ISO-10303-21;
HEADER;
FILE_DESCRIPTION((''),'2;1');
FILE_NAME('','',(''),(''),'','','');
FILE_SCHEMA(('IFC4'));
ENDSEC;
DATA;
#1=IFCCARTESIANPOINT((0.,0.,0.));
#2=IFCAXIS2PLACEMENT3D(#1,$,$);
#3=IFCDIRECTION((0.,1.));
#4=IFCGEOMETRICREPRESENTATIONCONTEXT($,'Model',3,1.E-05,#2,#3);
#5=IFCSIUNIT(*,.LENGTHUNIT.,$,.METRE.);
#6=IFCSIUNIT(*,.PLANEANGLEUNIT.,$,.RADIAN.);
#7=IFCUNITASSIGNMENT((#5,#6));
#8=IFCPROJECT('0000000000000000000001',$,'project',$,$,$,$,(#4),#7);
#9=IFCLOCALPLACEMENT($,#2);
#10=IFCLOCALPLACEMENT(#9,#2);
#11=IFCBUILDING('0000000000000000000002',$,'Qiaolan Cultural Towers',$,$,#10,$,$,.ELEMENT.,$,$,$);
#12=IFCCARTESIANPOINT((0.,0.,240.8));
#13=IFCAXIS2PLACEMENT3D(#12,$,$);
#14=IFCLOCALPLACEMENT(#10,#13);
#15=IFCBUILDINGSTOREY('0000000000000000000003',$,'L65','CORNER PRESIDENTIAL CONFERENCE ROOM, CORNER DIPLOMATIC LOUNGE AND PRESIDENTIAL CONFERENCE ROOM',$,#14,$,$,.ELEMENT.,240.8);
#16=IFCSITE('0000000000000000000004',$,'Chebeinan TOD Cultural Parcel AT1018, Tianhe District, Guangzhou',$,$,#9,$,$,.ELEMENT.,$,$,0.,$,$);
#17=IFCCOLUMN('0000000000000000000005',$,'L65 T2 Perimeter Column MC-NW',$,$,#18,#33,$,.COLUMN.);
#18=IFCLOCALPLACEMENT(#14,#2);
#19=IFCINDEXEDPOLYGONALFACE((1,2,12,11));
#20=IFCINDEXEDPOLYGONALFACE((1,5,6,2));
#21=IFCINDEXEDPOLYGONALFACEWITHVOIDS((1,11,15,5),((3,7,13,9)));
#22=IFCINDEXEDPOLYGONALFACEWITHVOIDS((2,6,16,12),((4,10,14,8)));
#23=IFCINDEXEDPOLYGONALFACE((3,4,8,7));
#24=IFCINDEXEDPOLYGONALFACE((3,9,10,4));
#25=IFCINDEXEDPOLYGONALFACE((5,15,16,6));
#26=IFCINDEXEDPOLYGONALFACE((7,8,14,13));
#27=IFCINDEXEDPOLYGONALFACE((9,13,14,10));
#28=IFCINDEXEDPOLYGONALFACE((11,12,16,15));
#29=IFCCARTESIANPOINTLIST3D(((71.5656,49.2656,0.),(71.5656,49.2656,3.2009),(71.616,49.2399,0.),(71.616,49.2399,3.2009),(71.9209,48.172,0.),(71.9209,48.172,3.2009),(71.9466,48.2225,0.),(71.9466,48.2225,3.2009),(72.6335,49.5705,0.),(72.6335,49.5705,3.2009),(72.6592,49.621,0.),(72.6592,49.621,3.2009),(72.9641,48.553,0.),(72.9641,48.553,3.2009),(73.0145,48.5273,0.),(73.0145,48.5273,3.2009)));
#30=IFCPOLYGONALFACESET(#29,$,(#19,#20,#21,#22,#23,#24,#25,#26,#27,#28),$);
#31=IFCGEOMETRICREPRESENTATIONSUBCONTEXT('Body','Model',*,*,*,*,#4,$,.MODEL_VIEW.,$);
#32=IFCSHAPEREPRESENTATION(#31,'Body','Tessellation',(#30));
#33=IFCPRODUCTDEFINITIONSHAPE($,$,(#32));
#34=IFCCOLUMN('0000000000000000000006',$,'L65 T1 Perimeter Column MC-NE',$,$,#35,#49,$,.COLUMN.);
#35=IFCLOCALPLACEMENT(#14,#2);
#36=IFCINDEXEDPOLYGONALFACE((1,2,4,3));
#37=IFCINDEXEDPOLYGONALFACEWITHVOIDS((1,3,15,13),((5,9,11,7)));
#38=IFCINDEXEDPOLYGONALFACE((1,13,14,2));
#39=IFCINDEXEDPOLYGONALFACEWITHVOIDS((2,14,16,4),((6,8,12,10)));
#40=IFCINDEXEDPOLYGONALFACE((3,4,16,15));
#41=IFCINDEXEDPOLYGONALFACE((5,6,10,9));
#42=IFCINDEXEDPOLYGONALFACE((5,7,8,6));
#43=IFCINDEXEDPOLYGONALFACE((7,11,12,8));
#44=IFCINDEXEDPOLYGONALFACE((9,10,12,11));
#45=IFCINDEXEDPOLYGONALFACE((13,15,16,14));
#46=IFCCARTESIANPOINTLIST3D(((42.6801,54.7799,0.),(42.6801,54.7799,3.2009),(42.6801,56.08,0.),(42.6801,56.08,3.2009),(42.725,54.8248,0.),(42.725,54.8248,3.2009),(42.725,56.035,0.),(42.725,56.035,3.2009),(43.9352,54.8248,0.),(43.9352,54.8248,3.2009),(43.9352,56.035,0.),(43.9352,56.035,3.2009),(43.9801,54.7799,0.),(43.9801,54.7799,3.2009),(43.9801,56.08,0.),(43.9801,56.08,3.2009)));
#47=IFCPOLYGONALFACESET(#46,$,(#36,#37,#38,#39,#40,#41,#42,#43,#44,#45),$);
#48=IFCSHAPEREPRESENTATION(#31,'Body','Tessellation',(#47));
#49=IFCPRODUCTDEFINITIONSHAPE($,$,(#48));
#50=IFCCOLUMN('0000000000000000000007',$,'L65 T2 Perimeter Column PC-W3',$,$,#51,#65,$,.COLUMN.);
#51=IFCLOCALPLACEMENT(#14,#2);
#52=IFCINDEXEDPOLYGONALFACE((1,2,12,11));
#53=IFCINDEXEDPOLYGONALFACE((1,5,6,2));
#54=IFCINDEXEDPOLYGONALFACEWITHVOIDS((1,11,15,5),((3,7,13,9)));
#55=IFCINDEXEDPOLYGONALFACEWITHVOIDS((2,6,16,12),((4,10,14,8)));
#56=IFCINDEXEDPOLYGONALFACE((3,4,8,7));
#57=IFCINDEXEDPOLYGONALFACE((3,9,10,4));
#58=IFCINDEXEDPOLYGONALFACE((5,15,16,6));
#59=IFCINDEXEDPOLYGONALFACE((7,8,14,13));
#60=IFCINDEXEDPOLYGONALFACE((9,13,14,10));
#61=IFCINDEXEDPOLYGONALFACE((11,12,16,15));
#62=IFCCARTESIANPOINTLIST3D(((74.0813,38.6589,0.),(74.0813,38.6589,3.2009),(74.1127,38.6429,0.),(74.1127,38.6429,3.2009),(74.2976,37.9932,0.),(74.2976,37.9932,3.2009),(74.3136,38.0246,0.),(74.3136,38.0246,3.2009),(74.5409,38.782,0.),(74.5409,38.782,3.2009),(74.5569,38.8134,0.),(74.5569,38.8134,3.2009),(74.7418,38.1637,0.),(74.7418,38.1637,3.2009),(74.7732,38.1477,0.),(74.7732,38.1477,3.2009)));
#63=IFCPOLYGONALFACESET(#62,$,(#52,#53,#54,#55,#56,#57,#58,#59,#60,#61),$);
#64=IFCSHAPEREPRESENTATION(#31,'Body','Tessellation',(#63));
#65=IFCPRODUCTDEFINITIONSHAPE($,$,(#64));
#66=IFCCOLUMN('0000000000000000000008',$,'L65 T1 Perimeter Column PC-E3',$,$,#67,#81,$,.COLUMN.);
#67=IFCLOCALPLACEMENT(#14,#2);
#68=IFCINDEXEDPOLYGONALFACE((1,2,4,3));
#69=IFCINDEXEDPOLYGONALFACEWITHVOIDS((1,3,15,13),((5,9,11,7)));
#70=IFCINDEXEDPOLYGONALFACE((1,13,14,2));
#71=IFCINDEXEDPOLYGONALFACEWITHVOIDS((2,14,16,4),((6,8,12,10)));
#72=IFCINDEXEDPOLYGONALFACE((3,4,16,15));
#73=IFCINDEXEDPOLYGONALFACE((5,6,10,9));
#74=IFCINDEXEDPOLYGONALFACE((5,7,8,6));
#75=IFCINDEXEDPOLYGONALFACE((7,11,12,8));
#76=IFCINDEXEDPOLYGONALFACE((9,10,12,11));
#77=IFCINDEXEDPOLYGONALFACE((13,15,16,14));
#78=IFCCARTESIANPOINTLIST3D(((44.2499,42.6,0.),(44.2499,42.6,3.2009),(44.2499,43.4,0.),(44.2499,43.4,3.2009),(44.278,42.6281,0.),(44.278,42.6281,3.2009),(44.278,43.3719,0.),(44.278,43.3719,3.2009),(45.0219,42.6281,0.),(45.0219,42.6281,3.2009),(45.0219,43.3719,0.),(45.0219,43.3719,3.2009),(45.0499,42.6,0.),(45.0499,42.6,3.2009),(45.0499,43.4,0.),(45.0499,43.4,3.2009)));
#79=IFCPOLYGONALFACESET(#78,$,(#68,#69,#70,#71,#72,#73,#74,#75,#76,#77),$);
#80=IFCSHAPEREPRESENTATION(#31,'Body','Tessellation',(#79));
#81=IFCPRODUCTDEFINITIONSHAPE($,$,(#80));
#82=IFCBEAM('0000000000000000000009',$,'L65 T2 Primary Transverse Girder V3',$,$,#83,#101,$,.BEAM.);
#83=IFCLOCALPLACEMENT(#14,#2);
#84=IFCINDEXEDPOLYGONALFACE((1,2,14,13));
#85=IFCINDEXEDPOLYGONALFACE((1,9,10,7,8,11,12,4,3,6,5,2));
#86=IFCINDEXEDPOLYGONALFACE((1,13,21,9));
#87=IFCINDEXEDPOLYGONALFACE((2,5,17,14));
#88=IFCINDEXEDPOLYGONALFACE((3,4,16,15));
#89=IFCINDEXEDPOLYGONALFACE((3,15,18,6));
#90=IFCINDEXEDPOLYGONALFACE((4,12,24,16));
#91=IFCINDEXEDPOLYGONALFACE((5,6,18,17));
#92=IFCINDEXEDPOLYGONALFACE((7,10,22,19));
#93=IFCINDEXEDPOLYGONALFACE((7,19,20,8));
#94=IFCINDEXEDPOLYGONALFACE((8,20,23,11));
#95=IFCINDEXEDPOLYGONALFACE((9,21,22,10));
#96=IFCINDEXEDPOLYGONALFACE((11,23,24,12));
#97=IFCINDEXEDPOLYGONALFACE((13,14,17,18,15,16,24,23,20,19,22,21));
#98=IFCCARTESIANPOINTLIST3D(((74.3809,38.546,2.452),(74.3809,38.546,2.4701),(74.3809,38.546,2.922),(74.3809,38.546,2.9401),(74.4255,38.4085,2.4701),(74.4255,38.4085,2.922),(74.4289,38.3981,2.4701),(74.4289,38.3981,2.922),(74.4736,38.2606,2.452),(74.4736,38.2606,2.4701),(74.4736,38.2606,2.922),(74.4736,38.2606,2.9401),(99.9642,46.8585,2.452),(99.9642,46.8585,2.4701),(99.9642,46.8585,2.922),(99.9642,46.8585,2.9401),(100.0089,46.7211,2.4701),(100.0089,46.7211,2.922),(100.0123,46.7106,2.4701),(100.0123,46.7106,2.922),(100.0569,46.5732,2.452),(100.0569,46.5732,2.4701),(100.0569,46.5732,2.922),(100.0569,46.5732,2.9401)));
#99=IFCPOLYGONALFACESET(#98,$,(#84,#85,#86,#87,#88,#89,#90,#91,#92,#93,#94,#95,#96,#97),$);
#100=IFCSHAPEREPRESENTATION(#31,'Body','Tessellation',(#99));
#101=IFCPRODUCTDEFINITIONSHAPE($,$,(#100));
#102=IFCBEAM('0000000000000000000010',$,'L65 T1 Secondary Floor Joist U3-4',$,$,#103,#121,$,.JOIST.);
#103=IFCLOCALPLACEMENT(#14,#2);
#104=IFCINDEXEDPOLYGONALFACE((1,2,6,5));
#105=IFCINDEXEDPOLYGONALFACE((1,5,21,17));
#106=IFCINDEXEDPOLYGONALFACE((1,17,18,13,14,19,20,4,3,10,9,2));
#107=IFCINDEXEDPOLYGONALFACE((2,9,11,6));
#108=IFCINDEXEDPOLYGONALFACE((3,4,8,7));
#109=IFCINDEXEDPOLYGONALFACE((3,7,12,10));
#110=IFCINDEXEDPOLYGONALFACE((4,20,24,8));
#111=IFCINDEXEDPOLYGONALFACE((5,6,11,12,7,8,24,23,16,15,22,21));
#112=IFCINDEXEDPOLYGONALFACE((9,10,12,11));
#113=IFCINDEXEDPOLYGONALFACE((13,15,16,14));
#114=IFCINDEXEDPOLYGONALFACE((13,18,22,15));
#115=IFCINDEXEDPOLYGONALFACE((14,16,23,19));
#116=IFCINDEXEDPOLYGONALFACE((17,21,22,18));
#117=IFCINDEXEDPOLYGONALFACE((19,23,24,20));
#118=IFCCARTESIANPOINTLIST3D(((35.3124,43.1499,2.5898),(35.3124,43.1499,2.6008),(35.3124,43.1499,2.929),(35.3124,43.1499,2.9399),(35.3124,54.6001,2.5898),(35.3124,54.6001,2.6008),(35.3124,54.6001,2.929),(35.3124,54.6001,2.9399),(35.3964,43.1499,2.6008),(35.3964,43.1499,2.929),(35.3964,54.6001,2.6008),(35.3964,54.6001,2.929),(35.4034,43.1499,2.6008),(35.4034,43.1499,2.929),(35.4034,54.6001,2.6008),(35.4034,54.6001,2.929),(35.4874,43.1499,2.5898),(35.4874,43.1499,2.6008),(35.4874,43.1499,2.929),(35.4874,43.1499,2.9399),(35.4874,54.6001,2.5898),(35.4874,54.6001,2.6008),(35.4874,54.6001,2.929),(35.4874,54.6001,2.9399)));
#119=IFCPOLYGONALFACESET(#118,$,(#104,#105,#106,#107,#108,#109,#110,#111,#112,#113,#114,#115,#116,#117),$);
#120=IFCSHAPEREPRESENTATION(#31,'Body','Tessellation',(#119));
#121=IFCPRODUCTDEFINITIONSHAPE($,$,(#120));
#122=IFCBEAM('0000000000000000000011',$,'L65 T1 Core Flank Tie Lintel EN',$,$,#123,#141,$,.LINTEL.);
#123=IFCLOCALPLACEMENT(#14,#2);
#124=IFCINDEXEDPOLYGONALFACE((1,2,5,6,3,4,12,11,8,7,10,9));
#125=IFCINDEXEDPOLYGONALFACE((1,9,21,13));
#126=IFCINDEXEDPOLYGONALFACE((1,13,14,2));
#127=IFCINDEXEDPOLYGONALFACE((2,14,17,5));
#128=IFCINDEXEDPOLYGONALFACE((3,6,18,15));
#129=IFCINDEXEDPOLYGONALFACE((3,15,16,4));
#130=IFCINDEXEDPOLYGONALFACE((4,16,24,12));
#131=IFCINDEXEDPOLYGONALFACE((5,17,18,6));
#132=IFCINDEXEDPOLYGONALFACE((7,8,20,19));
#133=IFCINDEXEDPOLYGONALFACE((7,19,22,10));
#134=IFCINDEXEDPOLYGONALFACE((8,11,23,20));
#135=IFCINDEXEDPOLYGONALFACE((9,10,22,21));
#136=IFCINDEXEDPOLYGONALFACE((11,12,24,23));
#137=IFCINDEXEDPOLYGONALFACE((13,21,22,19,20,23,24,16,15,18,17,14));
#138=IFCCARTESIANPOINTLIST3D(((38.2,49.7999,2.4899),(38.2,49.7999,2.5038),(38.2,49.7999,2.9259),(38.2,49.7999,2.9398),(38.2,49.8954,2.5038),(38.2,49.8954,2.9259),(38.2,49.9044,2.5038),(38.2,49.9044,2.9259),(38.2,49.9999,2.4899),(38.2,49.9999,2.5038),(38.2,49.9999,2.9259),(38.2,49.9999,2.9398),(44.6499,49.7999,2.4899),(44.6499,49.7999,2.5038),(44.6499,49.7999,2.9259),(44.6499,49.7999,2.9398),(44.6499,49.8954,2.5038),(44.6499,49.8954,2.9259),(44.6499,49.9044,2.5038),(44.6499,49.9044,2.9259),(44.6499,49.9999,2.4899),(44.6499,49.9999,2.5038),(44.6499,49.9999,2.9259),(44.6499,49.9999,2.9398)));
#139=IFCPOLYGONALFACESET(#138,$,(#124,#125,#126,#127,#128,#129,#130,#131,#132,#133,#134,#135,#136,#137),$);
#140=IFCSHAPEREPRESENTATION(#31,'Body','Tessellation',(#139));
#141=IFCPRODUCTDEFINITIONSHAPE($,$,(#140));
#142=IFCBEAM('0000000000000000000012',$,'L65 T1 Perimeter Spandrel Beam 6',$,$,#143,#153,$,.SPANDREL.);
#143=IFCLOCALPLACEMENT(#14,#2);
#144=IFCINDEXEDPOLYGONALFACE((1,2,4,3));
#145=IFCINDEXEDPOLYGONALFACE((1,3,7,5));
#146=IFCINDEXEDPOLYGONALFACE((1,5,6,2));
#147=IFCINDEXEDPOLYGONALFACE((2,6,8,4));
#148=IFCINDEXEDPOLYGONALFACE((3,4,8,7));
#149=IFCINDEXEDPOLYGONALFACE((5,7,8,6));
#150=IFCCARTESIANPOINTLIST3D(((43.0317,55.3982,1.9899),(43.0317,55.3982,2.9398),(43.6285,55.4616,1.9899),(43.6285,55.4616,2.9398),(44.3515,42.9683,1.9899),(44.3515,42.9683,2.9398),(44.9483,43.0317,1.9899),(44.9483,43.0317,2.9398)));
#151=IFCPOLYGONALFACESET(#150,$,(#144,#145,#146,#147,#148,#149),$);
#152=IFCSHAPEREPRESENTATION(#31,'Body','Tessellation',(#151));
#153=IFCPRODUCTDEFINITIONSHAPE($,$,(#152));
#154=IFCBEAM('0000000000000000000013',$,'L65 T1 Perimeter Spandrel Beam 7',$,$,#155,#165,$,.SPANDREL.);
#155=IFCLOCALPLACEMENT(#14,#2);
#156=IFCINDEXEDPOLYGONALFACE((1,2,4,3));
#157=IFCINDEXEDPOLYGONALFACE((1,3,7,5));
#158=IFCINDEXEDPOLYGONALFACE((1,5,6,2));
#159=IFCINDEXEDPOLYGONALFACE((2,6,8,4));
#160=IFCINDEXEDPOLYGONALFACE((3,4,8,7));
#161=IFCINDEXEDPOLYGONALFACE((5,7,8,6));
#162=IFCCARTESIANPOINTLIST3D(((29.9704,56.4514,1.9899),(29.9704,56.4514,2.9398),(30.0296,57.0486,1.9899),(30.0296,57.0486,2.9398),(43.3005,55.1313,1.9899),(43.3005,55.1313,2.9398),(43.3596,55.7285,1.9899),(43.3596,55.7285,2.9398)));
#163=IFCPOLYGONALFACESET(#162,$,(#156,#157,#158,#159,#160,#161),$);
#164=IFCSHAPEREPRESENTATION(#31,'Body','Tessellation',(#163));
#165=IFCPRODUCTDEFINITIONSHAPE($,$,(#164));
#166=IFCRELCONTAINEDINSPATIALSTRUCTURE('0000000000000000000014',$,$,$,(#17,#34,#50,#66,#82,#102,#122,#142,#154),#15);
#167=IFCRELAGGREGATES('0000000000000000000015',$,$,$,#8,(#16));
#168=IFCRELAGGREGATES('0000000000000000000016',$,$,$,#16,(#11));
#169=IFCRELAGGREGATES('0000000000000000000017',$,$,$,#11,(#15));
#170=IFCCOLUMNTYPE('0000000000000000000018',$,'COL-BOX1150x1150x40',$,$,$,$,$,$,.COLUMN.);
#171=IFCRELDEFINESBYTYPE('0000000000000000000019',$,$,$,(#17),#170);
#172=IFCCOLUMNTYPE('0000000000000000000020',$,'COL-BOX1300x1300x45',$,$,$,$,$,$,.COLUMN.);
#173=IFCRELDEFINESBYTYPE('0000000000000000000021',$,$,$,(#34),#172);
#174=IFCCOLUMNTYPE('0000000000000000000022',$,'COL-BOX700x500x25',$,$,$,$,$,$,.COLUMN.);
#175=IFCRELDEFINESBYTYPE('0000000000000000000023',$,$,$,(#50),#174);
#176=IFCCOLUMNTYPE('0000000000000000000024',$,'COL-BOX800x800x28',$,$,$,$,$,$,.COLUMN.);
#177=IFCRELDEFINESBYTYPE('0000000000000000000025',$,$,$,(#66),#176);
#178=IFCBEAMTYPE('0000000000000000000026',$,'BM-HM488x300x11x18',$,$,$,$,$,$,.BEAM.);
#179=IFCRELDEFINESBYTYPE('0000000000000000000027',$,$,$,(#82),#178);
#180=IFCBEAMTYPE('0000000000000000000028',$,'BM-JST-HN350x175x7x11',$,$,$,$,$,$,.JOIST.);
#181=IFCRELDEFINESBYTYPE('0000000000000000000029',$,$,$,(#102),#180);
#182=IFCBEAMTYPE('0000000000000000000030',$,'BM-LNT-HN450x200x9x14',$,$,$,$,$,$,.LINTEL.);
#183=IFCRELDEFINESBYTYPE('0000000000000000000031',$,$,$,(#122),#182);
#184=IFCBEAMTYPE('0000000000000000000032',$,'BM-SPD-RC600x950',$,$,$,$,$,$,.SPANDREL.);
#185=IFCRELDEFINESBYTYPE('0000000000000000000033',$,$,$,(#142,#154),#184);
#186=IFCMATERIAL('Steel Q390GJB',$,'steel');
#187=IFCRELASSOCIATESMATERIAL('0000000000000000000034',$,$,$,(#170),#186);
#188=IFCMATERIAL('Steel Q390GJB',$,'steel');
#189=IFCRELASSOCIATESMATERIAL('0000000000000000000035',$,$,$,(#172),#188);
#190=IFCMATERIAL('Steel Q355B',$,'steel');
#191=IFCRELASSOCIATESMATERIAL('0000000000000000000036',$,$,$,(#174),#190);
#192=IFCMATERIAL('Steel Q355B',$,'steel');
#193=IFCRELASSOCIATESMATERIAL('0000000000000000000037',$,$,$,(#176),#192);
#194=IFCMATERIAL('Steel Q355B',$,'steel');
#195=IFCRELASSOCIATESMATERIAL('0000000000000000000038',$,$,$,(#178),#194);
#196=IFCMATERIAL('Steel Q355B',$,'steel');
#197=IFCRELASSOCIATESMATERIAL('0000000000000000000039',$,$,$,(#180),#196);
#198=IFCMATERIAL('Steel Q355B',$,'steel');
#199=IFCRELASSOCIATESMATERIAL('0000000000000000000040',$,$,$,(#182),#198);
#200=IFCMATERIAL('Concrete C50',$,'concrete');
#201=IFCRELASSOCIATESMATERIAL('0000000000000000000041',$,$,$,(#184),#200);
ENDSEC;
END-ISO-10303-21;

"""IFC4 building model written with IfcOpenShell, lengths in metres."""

from ifc_helpers import new_model, si_unit, direction, frame, origin, origin_2d, place, context, subcontext, project, spatial, rectangle, hollow_rectangle, i_section, extrude, material, material_profile, profile_set, type_object, element, save


model = new_model("IFC4")

# Units and contexts
model_context = context("Model", 3, precision=1e-05, world=origin(), true_north=direction((0.0, 1.0)))
body_context = subcontext(model_context, "Body", "Model", "MODEL_VIEW")
ifc_project = project(units=[si_unit("LENGTHUNIT", "METRE"), si_unit("PLANEANGLEUNIT", "RADIAN")], contexts=[model_context])

# Site, building, storey
site_placement = place(None, origin())
site = spatial("IfcSite", under=ifc_project, at=site_placement, Name="Chebeinan TOD Cultural Parcel AT1018, Tianhe District, Guangzhou", CompositionType="ELEMENT", RefElevation=0.0)
building_placement = place(site_placement, origin())
building = spatial("IfcBuilding", under=site, at=building_placement, Name="Qiaolan Cultural Towers", CompositionType="ELEMENT")
storey_placement = place(building_placement, frame((0.0, 0.0, 240.8)))
storey = spatial("IfcBuildingStorey", under=building, at=storey_placement, Name="L65", Description="CORNER PRESIDENTIAL CONFERENCE ROOM, CORNER DIPLOMATIC LOUNGE AND PRESIDENTIAL CONFERENCE ROOM", CompositionType="ELEMENT", Elevation=240.8)

# Columns
ifc_material_1 = material(Name="Steel Q390GJB", Category="steel")
ifc_material_profile_1 = material_profile(ifc_material_1, hollow_rectangle(XDim=1.1499, YDim=1.1499, WallThickness=0.04, at=origin_2d()), Name="BOX1150x1150x40")
ifc_profile_set_1 = profile_set([ifc_material_profile_1], Name="Steel Q390GJB")
column_type_1 = type_object("IfcColumnType", Name="COL-BOX1150x1150x40", PredefinedType="COLUMN", material=ifc_profile_set_1)
column_1_placement = place(storey_placement, frame((72.29, 48.8965, 0.0), z_axis=(0.0, 0.0, 1.0), x_axis=(0.951057, 0.309017, 0.0)))
element("IfcColumn", 1, at=column_1_placement, inside=storey, type_object=column_type_1, Name="L65 T2 Perimeter Column MC-NW", PredefinedType="COLUMN", context=body_context, shape_type="SweptSolid", body=[
    extrude(hollow_rectangle(XDim=1.1499, YDim=1.1499, WallThickness=0.04, at=origin_2d()), origin(), (0.0, 0.0, 1.0), 3.2009),
])
ifc_material_2 = material(Name="Steel Q390GJB", Category="steel")
ifc_material_profile_2 = material_profile(ifc_material_2, hollow_rectangle(XDim=1.3, YDim=1.3, WallThickness=0.0449, at=origin_2d()), Name="BOX1300x1300x45")
ifc_profile_set_2 = profile_set([ifc_material_profile_2], Name="Steel Q390GJB")
column_type_2 = type_object("IfcColumnType", Name="COL-BOX1300x1300x45", PredefinedType="COLUMN", material=ifc_profile_set_2)
column_2_placement = place(storey_placement, frame((43.3301, 55.4299, 0.0), z_axis=(0.0, 0.0, 1.0), x_axis=(1.0, 0.0, 0.0)))
element("IfcColumn", 2, at=column_2_placement, inside=storey, type_object=column_type_2, Name="L65 T1 Perimeter Column MC-NE", PredefinedType="COLUMN", context=body_context, shape_type="SweptSolid", body=[
    extrude(hollow_rectangle(XDim=1.3, YDim=1.3, WallThickness=0.0449, at=origin_2d()), origin(), (0.0, 0.0, 1.0), 3.2009),
])
ifc_material_3 = material(Name="Steel Q355B", Category="steel")
ifc_material_profile_3 = material_profile(ifc_material_3, hollow_rectangle(XDim=0.5, YDim=0.7, WallThickness=0.0249, at=origin_2d()), Name="BOX700x500x25")
ifc_profile_set_3 = profile_set([ifc_material_profile_3], Name="Steel Q355B")
column_type_3 = type_object("IfcColumnType", Name="COL-BOX700x500x25", PredefinedType="COLUMN", material=ifc_profile_set_3)
column_3_placement = place(storey_placement, frame((74.4272, 38.4033, 0.0), z_axis=(0.0, 0.0, 1.0), x_axis=(0.951057, 0.309017, 0.0)))
element("IfcColumn", 3, at=column_3_placement, inside=storey, type_object=column_type_3, Name="L65 T2 Perimeter Column PC-W3", PredefinedType="COLUMN", context=body_context, shape_type="SweptSolid", body=[
    extrude(hollow_rectangle(XDim=0.5, YDim=0.7, WallThickness=0.0249, at=origin_2d()), origin(), (0.0, 0.0, 1.0), 3.2009),
])
ifc_material_4 = material(Name="Steel Q355B", Category="steel")
ifc_material_profile_4 = material_profile(ifc_material_4, hollow_rectangle(XDim=0.8, YDim=0.8, WallThickness=0.0281, at=origin_2d()), Name="BOX800x800x28")
ifc_profile_set_4 = profile_set([ifc_material_profile_4], Name="Steel Q355B")
column_type_4 = type_object("IfcColumnType", Name="COL-BOX800x800x28", PredefinedType="COLUMN", material=ifc_profile_set_4)
column_4_placement = place(storey_placement, frame((44.6499, 43.0, 0.0), z_axis=(0.0, 0.0, 1.0), x_axis=(1.0, 0.0, 0.0)))
element("IfcColumn", 4, at=column_4_placement, inside=storey, type_object=column_type_4, Name="L65 T1 Perimeter Column PC-E3", PredefinedType="COLUMN", context=body_context, shape_type="SweptSolid", body=[
    extrude(hollow_rectangle(XDim=0.8, YDim=0.8, WallThickness=0.0281, at=origin_2d()), origin(), (0.0, 0.0, 1.0), 3.2009),
])

# Beams
ifc_material_5 = material(Name="Steel Q355B", Category="steel")
ifc_material_profile_5 = material_profile(ifc_material_5, i_section(OverallWidth=0.3, OverallDepth=0.488, WebThickness=0.011, FlangeThickness=0.0181, at=origin_2d()), Name="HM488x300x11x18")
ifc_profile_set_5 = profile_set([ifc_material_profile_5], Name="Steel Q355B")
beam_type_1 = type_object("IfcBeamType", Name="BM-HM488x300x11x18", PredefinedType="BEAM", material=ifc_profile_set_5)
beam_1_placement = place(storey_placement, frame((74.4272, 38.4033, 2.696), z_axis=(0.951057, 0.309017, 0.0), x_axis=(-0.309017, 0.951057, 0.0)))
element("IfcBeam", 5, at=beam_1_placement, inside=storey, type_object=beam_type_1, Name="L65 T2 Primary Transverse Girder V3", PredefinedType="BEAM", context=body_context, shape_type="SweptSolid", body=[
    extrude(i_section(OverallWidth=0.3, OverallDepth=0.488, WebThickness=0.011, FlangeThickness=0.0181, at=origin_2d()), origin(), (0.0, 0.0, 1.0), 26.8999),
])
ifc_material_6 = material(Name="Steel Q355B", Category="steel")
ifc_material_profile_6 = material_profile(ifc_material_6, i_section(OverallWidth=0.175, OverallDepth=0.3501, WebThickness=0.0071, FlangeThickness=0.011, at=origin_2d()), Name="HN350x175x7x11")
ifc_profile_set_6 = profile_set([ifc_material_profile_6], Name="Steel Q355B")
beam_type_2 = type_object("IfcBeamType", Name="BM-JST-HN350x175x7x11", PredefinedType="JOIST", material=ifc_profile_set_6)
beam_2_placement = place(storey_placement, frame((35.3999, 43.1499, 2.7649), z_axis=(0.0, 1.0, 0.0), x_axis=(-1.0, 0.0, 0.0)))
element("IfcBeam", 6, at=beam_2_placement, inside=storey, type_object=beam_type_2, Name="L65 T1 Secondary Floor Joist U3-4", PredefinedType="JOIST", context=body_context, shape_type="SweptSolid", body=[
    extrude(i_section(OverallWidth=0.175, OverallDepth=0.3501, WebThickness=0.0071, FlangeThickness=0.011, at=origin_2d()), origin(), (0.0, 0.0, 1.0), 11.4502),
])
ifc_material_7 = material(Name="Steel Q355B", Category="steel")
ifc_material_profile_7 = material_profile(ifc_material_7, i_section(OverallWidth=0.2, OverallDepth=0.45, WebThickness=0.009, FlangeThickness=0.0139, at=origin_2d()), Name="HN450x200x9x14")
ifc_profile_set_7 = profile_set([ifc_material_profile_7], Name="Steel Q355B")
beam_type_3 = type_object("IfcBeamType", Name="BM-LNT-HN450x200x9x14", PredefinedType="LINTEL", material=ifc_profile_set_7)
beam_3_placement = place(storey_placement, frame((38.2, 49.8999, 2.7148), z_axis=(1.0, 0.0, 0.0), x_axis=(0.0, 1.0, 0.0)))
element("IfcBeam", 7, at=beam_3_placement, inside=storey, type_object=beam_type_3, Name="L65 T1 Core Flank Tie Lintel EN", PredefinedType="LINTEL", context=body_context, shape_type="SweptSolid", body=[
    extrude(i_section(OverallWidth=0.2, OverallDepth=0.45, WebThickness=0.009, FlangeThickness=0.0139, at=origin_2d()), origin(), (0.0, 0.0, 1.0), 6.45),
])
ifc_material_8 = material(Name="Concrete C50", Category="concrete")
ifc_material_profile_8 = material_profile(ifc_material_8, rectangle(XDim=0.6001, YDim=0.95, at=origin_2d()), Name="RC600x950")
ifc_profile_set_8 = profile_set([ifc_material_profile_8], Name="Concrete C50")
beam_type_4 = type_object("IfcBeamType", Name="BM-SPD-RC600x950", PredefinedType="SPANDREL", material=ifc_profile_set_8)
beam_4_placement = place(storey_placement, frame((44.6499, 43.0, 2.4648), z_axis=(-0.105588, 0.99441, 0.0), x_axis=(-0.99441, -0.105588, 0.0)))
element("IfcBeam", 8, at=beam_4_placement, inside=storey, type_object=beam_type_4, Name="L65 T1 Perimeter Spandrel Beam 6", PredefinedType="SPANDREL", context=body_context, shape_type="SweptSolid", body=[
    extrude(rectangle(XDim=0.6001, YDim=0.95, at=origin_2d()), origin(), (0.0, 0.0, 1.0), 12.4998),
])
beam_5_placement = place(storey_placement, frame((43.3301, 55.4299, 2.4648), z_axis=(-0.995132, 0.098547, 0.0), x_axis=(-0.098547, -0.995132, 0.0)))
element("IfcBeam", 9, at=beam_5_placement, inside=storey, type_object=beam_type_4, Name="L65 T1 Perimeter Spandrel Beam 7", PredefinedType="SPANDREL", context=body_context, shape_type="SweptSolid", body=[
    extrude(rectangle(XDim=0.6001, YDim=0.95, at=origin_2d()), origin(), (0.0, 0.0, 1.0), 13.3953),
])

save(model, "model.ifc")
